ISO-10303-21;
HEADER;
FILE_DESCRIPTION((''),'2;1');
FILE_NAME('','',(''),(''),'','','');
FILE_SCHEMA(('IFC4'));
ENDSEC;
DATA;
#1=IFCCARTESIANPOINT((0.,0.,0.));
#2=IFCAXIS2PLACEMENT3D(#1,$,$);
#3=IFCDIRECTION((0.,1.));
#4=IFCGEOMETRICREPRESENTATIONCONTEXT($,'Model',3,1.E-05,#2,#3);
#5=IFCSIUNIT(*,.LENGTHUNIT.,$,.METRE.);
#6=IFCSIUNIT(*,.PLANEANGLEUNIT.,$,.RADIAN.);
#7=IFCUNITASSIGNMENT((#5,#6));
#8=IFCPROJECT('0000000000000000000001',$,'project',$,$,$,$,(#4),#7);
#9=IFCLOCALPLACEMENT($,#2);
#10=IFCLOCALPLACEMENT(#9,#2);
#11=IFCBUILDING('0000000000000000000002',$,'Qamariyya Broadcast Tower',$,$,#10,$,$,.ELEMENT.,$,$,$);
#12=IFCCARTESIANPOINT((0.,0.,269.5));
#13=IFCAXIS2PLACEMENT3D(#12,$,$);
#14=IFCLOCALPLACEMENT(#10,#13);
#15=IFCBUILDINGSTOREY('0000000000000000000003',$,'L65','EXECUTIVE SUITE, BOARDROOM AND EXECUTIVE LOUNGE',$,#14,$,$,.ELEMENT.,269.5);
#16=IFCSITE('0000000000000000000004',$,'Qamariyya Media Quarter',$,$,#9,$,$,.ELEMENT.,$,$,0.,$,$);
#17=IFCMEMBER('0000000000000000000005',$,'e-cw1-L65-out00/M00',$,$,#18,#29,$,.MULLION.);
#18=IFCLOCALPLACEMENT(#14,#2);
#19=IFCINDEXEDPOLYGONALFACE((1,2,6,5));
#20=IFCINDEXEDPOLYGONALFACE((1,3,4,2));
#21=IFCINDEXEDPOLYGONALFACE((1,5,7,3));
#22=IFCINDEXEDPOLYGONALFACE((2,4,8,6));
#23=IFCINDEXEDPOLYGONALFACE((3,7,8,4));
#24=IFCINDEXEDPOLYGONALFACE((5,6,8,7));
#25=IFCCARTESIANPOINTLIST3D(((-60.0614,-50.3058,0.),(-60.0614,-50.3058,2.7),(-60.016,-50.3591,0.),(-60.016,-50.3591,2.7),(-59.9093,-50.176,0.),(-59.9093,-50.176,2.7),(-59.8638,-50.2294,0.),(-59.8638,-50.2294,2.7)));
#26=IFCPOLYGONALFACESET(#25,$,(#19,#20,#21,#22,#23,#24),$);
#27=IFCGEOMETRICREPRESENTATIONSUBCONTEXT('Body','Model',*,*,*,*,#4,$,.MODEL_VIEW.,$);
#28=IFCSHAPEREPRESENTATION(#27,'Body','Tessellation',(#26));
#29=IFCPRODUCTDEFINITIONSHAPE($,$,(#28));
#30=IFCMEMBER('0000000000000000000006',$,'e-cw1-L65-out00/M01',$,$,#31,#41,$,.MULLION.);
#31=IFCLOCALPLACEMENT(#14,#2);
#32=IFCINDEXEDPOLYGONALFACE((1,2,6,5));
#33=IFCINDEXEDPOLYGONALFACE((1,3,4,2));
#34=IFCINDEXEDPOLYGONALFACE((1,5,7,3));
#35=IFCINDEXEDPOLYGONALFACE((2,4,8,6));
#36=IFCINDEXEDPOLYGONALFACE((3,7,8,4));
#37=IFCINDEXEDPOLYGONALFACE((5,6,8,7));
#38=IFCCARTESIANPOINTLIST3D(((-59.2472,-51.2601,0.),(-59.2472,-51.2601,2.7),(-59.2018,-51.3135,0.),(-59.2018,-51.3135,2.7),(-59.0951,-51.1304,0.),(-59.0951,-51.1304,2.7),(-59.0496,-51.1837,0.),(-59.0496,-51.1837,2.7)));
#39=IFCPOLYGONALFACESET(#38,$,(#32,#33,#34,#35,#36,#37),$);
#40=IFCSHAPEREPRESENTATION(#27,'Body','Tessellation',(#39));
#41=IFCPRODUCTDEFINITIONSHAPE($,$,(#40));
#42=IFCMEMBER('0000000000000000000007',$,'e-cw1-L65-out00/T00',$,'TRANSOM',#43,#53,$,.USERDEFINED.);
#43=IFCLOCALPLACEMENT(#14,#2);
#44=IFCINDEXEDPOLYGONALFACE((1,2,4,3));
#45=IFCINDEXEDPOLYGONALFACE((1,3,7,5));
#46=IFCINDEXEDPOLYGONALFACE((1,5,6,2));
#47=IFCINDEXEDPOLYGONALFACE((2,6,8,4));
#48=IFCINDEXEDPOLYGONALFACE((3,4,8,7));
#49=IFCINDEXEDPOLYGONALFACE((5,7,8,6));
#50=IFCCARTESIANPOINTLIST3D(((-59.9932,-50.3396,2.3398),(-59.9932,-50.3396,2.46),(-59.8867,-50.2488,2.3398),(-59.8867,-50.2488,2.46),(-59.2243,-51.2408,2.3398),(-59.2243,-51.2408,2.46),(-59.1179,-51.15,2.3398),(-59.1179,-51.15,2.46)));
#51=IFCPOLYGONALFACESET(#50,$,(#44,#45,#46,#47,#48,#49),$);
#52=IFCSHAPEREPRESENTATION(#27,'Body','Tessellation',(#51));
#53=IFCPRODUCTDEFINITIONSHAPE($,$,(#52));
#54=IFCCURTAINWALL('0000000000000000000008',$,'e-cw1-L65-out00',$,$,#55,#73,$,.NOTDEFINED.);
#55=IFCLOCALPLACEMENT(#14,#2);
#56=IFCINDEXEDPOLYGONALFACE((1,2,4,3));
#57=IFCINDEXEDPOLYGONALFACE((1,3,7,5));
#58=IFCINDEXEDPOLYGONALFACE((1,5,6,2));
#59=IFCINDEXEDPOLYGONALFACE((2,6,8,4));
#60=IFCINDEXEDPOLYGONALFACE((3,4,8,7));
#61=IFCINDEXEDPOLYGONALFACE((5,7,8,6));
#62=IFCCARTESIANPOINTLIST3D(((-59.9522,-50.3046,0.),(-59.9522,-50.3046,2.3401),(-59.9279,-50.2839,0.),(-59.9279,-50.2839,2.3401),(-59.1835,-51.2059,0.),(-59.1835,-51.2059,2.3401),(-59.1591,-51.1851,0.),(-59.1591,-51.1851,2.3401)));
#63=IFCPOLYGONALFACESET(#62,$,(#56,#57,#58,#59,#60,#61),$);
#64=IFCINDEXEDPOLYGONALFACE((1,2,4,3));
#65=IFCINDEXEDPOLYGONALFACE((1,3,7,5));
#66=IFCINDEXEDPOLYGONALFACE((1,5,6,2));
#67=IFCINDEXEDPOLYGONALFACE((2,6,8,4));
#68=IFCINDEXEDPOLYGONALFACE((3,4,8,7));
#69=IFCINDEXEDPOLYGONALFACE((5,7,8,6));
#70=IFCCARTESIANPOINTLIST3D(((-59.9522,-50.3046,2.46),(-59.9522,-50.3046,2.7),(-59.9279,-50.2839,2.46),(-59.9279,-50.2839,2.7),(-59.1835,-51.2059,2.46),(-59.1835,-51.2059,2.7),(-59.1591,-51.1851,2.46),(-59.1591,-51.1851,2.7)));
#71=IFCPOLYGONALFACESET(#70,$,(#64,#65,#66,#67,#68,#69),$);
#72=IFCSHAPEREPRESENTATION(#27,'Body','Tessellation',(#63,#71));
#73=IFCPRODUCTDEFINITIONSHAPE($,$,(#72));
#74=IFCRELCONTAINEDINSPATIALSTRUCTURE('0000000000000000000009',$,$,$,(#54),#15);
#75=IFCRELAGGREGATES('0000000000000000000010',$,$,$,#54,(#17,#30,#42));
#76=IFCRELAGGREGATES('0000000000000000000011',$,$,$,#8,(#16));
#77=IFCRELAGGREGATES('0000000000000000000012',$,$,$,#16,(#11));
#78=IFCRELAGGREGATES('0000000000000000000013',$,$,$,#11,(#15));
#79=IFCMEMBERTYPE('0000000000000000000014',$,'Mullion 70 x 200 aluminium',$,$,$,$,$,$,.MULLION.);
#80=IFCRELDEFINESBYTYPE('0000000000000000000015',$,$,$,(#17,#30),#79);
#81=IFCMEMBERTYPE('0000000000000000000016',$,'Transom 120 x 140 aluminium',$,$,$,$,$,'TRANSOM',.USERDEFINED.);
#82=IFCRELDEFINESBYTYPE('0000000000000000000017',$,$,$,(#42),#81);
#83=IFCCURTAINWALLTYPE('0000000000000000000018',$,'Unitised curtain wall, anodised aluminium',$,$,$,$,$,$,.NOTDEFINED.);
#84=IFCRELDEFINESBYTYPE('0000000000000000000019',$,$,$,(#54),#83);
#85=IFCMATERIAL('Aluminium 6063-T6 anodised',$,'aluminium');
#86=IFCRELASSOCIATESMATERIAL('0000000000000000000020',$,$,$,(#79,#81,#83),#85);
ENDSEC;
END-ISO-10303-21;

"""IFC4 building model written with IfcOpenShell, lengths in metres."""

from ifc_helpers import new_model, si_unit, direction, frame, origin, origin_2d, place, context, subcontext, project, spatial, rectangle, extrude, material, material_profile, profile_set, type_object, element, aggregate, save


model = new_model("IFC4")

# Units and contexts
model_context = context("Model", 3, precision=1e-05, world=origin(), true_north=direction((0.0, 1.0)))
body_context = subcontext(model_context, "Body", "Model", "MODEL_VIEW")
ifc_project = project(units=[si_unit("LENGTHUNIT", "METRE"), si_unit("PLANEANGLEUNIT", "RADIAN")], contexts=[model_context])

# Members
ifc_material_1 = material(Name="Aluminium 6063-T6 anodised", Category="aluminium")
ifc_material_profile_1 = material_profile(ifc_material_1, rectangle(XDim=0.2, YDim=0.0701, at=origin_2d()))
ifc_profile_set_1 = profile_set([ifc_material_profile_1], Name="Aluminium 6063-T6 anodised")
member_type_1 = type_object("IfcMemberType", Name="Mullion 70 x 200 aluminium", PredefinedType="MULLION", material=ifc_profile_set_1)
site_placement = place(None, origin())
building_placement = place(site_placement, origin())
storey_placement = place(building_placement, frame((0.0, 0.0, 269.5)))
member_1_placement = place(storey_placement, frame((-59.9626, -50.2676, 0.0), z_axis=(0.0, 0.0, 1.0), x_axis=(0.760854, 0.648923, 0.0)))
member_1 = element("IfcMember", 1, at=member_1_placement, type_object=member_type_1, Name="e-cw1-L65-out00/M00", PredefinedType="MULLION", context=body_context, shape_type="SweptSolid", body=[
    extrude(rectangle(XDim=0.2, YDim=0.0701, at=origin_2d()), origin(), (0.0, 0.0, 1.0), 2.7),
])
member_2_placement = place(storey_placement, frame((-59.1484, -51.2219, 0.0), z_axis=(0.0, 0.0, 1.0), x_axis=(0.760854, 0.648923, 0.0)))
member_2 = element("IfcMember", 2, at=member_2_placement, type_object=member_type_1, Name="e-cw1-L65-out00/M01", PredefinedType="MULLION", context=body_context, shape_type="SweptSolid", body=[
    extrude(rectangle(XDim=0.2, YDim=0.0701, at=origin_2d()), origin(), (0.0, 0.0, 1.0), 2.7),
])
ifc_material_profile_2 = material_profile(ifc_material_1, rectangle(XDim=0.1399, YDim=0.1201, at=origin_2d()))
ifc_profile_set_2 = profile_set([ifc_material_profile_2], Name="Aluminium 6063-T6 anodised")
member_type_2 = type_object("IfcMemberType", Name="Transom 120 x 140 aluminium", ElementType="TRANSOM", PredefinedType="USERDEFINED", material=ifc_profile_set_2)
member_3_placement = place(storey_placement, frame((-59.9399, -50.2942, 2.3999), z_axis=(0.649041, -0.760753, 0.0), x_axis=(0.760753, 0.649041, 0.0)))
member_3 = element("IfcMember", 3, at=member_3_placement, type_object=member_type_2, Name="e-cw1-L65-out00/T00", ObjectType="TRANSOM", PredefinedType="USERDEFINED", context=body_context, shape_type="SweptSolid", body=[
    extrude(rectangle(XDim=0.1399, YDim=0.1201, at=origin_2d()), origin(), (0.0, 0.0, 1.0), 1.1846),
])

# Site, building, storey
site = spatial("IfcSite", under=ifc_project, at=site_placement, Name="Qamariyya Media Quarter", CompositionType="ELEMENT", RefElevation=0.0)
building = spatial("IfcBuilding", under=site, at=building_placement, Name="Qamariyya Broadcast Tower", CompositionType="ELEMENT")
storey = spatial("IfcBuildingStorey", under=building, at=storey_placement, Name="L65", Description="EXECUTIVE SUITE, BOARDROOM AND EXECUTIVE LOUNGE", CompositionType="ELEMENT", Elevation=269.5)

# Curtain wall
curtain_wall_type = type_object("IfcCurtainWallType", Name="Unitised curtain wall, anodised aluminium", PredefinedType="NOTDEFINED", material=ifc_material_1)
curtain_wall_1_placement = place(storey_placement, origin())
curtain_wall_1 = element("IfcCurtainWall", 4, at=curtain_wall_1_placement, inside=storey, type_object=curtain_wall_type, Name="e-cw1-L65-out00", PredefinedType="NOTDEFINED", context=body_context, shape_type="SweptSolid", body=[
    extrude(rectangle(XDim=1.1846, YDim=0.032, at=origin_2d()), frame((-59.5557, -50.7449, 0.0), x_axis=(0.648953, -0.760829, 0.0)), (0.0, 0.0, 1.0), 2.3401),
    extrude(rectangle(XDim=1.1846, YDim=0.032, at=origin_2d()), frame((-59.5557, -50.7449, 2.46), x_axis=(0.648953, -0.760829, 0.0)), (0.0, 0.0, 1.0), 0.24),
])
aggregate(curtain_wall_1, [member_1, member_2, member_3])

save(model, "model.ifc")
